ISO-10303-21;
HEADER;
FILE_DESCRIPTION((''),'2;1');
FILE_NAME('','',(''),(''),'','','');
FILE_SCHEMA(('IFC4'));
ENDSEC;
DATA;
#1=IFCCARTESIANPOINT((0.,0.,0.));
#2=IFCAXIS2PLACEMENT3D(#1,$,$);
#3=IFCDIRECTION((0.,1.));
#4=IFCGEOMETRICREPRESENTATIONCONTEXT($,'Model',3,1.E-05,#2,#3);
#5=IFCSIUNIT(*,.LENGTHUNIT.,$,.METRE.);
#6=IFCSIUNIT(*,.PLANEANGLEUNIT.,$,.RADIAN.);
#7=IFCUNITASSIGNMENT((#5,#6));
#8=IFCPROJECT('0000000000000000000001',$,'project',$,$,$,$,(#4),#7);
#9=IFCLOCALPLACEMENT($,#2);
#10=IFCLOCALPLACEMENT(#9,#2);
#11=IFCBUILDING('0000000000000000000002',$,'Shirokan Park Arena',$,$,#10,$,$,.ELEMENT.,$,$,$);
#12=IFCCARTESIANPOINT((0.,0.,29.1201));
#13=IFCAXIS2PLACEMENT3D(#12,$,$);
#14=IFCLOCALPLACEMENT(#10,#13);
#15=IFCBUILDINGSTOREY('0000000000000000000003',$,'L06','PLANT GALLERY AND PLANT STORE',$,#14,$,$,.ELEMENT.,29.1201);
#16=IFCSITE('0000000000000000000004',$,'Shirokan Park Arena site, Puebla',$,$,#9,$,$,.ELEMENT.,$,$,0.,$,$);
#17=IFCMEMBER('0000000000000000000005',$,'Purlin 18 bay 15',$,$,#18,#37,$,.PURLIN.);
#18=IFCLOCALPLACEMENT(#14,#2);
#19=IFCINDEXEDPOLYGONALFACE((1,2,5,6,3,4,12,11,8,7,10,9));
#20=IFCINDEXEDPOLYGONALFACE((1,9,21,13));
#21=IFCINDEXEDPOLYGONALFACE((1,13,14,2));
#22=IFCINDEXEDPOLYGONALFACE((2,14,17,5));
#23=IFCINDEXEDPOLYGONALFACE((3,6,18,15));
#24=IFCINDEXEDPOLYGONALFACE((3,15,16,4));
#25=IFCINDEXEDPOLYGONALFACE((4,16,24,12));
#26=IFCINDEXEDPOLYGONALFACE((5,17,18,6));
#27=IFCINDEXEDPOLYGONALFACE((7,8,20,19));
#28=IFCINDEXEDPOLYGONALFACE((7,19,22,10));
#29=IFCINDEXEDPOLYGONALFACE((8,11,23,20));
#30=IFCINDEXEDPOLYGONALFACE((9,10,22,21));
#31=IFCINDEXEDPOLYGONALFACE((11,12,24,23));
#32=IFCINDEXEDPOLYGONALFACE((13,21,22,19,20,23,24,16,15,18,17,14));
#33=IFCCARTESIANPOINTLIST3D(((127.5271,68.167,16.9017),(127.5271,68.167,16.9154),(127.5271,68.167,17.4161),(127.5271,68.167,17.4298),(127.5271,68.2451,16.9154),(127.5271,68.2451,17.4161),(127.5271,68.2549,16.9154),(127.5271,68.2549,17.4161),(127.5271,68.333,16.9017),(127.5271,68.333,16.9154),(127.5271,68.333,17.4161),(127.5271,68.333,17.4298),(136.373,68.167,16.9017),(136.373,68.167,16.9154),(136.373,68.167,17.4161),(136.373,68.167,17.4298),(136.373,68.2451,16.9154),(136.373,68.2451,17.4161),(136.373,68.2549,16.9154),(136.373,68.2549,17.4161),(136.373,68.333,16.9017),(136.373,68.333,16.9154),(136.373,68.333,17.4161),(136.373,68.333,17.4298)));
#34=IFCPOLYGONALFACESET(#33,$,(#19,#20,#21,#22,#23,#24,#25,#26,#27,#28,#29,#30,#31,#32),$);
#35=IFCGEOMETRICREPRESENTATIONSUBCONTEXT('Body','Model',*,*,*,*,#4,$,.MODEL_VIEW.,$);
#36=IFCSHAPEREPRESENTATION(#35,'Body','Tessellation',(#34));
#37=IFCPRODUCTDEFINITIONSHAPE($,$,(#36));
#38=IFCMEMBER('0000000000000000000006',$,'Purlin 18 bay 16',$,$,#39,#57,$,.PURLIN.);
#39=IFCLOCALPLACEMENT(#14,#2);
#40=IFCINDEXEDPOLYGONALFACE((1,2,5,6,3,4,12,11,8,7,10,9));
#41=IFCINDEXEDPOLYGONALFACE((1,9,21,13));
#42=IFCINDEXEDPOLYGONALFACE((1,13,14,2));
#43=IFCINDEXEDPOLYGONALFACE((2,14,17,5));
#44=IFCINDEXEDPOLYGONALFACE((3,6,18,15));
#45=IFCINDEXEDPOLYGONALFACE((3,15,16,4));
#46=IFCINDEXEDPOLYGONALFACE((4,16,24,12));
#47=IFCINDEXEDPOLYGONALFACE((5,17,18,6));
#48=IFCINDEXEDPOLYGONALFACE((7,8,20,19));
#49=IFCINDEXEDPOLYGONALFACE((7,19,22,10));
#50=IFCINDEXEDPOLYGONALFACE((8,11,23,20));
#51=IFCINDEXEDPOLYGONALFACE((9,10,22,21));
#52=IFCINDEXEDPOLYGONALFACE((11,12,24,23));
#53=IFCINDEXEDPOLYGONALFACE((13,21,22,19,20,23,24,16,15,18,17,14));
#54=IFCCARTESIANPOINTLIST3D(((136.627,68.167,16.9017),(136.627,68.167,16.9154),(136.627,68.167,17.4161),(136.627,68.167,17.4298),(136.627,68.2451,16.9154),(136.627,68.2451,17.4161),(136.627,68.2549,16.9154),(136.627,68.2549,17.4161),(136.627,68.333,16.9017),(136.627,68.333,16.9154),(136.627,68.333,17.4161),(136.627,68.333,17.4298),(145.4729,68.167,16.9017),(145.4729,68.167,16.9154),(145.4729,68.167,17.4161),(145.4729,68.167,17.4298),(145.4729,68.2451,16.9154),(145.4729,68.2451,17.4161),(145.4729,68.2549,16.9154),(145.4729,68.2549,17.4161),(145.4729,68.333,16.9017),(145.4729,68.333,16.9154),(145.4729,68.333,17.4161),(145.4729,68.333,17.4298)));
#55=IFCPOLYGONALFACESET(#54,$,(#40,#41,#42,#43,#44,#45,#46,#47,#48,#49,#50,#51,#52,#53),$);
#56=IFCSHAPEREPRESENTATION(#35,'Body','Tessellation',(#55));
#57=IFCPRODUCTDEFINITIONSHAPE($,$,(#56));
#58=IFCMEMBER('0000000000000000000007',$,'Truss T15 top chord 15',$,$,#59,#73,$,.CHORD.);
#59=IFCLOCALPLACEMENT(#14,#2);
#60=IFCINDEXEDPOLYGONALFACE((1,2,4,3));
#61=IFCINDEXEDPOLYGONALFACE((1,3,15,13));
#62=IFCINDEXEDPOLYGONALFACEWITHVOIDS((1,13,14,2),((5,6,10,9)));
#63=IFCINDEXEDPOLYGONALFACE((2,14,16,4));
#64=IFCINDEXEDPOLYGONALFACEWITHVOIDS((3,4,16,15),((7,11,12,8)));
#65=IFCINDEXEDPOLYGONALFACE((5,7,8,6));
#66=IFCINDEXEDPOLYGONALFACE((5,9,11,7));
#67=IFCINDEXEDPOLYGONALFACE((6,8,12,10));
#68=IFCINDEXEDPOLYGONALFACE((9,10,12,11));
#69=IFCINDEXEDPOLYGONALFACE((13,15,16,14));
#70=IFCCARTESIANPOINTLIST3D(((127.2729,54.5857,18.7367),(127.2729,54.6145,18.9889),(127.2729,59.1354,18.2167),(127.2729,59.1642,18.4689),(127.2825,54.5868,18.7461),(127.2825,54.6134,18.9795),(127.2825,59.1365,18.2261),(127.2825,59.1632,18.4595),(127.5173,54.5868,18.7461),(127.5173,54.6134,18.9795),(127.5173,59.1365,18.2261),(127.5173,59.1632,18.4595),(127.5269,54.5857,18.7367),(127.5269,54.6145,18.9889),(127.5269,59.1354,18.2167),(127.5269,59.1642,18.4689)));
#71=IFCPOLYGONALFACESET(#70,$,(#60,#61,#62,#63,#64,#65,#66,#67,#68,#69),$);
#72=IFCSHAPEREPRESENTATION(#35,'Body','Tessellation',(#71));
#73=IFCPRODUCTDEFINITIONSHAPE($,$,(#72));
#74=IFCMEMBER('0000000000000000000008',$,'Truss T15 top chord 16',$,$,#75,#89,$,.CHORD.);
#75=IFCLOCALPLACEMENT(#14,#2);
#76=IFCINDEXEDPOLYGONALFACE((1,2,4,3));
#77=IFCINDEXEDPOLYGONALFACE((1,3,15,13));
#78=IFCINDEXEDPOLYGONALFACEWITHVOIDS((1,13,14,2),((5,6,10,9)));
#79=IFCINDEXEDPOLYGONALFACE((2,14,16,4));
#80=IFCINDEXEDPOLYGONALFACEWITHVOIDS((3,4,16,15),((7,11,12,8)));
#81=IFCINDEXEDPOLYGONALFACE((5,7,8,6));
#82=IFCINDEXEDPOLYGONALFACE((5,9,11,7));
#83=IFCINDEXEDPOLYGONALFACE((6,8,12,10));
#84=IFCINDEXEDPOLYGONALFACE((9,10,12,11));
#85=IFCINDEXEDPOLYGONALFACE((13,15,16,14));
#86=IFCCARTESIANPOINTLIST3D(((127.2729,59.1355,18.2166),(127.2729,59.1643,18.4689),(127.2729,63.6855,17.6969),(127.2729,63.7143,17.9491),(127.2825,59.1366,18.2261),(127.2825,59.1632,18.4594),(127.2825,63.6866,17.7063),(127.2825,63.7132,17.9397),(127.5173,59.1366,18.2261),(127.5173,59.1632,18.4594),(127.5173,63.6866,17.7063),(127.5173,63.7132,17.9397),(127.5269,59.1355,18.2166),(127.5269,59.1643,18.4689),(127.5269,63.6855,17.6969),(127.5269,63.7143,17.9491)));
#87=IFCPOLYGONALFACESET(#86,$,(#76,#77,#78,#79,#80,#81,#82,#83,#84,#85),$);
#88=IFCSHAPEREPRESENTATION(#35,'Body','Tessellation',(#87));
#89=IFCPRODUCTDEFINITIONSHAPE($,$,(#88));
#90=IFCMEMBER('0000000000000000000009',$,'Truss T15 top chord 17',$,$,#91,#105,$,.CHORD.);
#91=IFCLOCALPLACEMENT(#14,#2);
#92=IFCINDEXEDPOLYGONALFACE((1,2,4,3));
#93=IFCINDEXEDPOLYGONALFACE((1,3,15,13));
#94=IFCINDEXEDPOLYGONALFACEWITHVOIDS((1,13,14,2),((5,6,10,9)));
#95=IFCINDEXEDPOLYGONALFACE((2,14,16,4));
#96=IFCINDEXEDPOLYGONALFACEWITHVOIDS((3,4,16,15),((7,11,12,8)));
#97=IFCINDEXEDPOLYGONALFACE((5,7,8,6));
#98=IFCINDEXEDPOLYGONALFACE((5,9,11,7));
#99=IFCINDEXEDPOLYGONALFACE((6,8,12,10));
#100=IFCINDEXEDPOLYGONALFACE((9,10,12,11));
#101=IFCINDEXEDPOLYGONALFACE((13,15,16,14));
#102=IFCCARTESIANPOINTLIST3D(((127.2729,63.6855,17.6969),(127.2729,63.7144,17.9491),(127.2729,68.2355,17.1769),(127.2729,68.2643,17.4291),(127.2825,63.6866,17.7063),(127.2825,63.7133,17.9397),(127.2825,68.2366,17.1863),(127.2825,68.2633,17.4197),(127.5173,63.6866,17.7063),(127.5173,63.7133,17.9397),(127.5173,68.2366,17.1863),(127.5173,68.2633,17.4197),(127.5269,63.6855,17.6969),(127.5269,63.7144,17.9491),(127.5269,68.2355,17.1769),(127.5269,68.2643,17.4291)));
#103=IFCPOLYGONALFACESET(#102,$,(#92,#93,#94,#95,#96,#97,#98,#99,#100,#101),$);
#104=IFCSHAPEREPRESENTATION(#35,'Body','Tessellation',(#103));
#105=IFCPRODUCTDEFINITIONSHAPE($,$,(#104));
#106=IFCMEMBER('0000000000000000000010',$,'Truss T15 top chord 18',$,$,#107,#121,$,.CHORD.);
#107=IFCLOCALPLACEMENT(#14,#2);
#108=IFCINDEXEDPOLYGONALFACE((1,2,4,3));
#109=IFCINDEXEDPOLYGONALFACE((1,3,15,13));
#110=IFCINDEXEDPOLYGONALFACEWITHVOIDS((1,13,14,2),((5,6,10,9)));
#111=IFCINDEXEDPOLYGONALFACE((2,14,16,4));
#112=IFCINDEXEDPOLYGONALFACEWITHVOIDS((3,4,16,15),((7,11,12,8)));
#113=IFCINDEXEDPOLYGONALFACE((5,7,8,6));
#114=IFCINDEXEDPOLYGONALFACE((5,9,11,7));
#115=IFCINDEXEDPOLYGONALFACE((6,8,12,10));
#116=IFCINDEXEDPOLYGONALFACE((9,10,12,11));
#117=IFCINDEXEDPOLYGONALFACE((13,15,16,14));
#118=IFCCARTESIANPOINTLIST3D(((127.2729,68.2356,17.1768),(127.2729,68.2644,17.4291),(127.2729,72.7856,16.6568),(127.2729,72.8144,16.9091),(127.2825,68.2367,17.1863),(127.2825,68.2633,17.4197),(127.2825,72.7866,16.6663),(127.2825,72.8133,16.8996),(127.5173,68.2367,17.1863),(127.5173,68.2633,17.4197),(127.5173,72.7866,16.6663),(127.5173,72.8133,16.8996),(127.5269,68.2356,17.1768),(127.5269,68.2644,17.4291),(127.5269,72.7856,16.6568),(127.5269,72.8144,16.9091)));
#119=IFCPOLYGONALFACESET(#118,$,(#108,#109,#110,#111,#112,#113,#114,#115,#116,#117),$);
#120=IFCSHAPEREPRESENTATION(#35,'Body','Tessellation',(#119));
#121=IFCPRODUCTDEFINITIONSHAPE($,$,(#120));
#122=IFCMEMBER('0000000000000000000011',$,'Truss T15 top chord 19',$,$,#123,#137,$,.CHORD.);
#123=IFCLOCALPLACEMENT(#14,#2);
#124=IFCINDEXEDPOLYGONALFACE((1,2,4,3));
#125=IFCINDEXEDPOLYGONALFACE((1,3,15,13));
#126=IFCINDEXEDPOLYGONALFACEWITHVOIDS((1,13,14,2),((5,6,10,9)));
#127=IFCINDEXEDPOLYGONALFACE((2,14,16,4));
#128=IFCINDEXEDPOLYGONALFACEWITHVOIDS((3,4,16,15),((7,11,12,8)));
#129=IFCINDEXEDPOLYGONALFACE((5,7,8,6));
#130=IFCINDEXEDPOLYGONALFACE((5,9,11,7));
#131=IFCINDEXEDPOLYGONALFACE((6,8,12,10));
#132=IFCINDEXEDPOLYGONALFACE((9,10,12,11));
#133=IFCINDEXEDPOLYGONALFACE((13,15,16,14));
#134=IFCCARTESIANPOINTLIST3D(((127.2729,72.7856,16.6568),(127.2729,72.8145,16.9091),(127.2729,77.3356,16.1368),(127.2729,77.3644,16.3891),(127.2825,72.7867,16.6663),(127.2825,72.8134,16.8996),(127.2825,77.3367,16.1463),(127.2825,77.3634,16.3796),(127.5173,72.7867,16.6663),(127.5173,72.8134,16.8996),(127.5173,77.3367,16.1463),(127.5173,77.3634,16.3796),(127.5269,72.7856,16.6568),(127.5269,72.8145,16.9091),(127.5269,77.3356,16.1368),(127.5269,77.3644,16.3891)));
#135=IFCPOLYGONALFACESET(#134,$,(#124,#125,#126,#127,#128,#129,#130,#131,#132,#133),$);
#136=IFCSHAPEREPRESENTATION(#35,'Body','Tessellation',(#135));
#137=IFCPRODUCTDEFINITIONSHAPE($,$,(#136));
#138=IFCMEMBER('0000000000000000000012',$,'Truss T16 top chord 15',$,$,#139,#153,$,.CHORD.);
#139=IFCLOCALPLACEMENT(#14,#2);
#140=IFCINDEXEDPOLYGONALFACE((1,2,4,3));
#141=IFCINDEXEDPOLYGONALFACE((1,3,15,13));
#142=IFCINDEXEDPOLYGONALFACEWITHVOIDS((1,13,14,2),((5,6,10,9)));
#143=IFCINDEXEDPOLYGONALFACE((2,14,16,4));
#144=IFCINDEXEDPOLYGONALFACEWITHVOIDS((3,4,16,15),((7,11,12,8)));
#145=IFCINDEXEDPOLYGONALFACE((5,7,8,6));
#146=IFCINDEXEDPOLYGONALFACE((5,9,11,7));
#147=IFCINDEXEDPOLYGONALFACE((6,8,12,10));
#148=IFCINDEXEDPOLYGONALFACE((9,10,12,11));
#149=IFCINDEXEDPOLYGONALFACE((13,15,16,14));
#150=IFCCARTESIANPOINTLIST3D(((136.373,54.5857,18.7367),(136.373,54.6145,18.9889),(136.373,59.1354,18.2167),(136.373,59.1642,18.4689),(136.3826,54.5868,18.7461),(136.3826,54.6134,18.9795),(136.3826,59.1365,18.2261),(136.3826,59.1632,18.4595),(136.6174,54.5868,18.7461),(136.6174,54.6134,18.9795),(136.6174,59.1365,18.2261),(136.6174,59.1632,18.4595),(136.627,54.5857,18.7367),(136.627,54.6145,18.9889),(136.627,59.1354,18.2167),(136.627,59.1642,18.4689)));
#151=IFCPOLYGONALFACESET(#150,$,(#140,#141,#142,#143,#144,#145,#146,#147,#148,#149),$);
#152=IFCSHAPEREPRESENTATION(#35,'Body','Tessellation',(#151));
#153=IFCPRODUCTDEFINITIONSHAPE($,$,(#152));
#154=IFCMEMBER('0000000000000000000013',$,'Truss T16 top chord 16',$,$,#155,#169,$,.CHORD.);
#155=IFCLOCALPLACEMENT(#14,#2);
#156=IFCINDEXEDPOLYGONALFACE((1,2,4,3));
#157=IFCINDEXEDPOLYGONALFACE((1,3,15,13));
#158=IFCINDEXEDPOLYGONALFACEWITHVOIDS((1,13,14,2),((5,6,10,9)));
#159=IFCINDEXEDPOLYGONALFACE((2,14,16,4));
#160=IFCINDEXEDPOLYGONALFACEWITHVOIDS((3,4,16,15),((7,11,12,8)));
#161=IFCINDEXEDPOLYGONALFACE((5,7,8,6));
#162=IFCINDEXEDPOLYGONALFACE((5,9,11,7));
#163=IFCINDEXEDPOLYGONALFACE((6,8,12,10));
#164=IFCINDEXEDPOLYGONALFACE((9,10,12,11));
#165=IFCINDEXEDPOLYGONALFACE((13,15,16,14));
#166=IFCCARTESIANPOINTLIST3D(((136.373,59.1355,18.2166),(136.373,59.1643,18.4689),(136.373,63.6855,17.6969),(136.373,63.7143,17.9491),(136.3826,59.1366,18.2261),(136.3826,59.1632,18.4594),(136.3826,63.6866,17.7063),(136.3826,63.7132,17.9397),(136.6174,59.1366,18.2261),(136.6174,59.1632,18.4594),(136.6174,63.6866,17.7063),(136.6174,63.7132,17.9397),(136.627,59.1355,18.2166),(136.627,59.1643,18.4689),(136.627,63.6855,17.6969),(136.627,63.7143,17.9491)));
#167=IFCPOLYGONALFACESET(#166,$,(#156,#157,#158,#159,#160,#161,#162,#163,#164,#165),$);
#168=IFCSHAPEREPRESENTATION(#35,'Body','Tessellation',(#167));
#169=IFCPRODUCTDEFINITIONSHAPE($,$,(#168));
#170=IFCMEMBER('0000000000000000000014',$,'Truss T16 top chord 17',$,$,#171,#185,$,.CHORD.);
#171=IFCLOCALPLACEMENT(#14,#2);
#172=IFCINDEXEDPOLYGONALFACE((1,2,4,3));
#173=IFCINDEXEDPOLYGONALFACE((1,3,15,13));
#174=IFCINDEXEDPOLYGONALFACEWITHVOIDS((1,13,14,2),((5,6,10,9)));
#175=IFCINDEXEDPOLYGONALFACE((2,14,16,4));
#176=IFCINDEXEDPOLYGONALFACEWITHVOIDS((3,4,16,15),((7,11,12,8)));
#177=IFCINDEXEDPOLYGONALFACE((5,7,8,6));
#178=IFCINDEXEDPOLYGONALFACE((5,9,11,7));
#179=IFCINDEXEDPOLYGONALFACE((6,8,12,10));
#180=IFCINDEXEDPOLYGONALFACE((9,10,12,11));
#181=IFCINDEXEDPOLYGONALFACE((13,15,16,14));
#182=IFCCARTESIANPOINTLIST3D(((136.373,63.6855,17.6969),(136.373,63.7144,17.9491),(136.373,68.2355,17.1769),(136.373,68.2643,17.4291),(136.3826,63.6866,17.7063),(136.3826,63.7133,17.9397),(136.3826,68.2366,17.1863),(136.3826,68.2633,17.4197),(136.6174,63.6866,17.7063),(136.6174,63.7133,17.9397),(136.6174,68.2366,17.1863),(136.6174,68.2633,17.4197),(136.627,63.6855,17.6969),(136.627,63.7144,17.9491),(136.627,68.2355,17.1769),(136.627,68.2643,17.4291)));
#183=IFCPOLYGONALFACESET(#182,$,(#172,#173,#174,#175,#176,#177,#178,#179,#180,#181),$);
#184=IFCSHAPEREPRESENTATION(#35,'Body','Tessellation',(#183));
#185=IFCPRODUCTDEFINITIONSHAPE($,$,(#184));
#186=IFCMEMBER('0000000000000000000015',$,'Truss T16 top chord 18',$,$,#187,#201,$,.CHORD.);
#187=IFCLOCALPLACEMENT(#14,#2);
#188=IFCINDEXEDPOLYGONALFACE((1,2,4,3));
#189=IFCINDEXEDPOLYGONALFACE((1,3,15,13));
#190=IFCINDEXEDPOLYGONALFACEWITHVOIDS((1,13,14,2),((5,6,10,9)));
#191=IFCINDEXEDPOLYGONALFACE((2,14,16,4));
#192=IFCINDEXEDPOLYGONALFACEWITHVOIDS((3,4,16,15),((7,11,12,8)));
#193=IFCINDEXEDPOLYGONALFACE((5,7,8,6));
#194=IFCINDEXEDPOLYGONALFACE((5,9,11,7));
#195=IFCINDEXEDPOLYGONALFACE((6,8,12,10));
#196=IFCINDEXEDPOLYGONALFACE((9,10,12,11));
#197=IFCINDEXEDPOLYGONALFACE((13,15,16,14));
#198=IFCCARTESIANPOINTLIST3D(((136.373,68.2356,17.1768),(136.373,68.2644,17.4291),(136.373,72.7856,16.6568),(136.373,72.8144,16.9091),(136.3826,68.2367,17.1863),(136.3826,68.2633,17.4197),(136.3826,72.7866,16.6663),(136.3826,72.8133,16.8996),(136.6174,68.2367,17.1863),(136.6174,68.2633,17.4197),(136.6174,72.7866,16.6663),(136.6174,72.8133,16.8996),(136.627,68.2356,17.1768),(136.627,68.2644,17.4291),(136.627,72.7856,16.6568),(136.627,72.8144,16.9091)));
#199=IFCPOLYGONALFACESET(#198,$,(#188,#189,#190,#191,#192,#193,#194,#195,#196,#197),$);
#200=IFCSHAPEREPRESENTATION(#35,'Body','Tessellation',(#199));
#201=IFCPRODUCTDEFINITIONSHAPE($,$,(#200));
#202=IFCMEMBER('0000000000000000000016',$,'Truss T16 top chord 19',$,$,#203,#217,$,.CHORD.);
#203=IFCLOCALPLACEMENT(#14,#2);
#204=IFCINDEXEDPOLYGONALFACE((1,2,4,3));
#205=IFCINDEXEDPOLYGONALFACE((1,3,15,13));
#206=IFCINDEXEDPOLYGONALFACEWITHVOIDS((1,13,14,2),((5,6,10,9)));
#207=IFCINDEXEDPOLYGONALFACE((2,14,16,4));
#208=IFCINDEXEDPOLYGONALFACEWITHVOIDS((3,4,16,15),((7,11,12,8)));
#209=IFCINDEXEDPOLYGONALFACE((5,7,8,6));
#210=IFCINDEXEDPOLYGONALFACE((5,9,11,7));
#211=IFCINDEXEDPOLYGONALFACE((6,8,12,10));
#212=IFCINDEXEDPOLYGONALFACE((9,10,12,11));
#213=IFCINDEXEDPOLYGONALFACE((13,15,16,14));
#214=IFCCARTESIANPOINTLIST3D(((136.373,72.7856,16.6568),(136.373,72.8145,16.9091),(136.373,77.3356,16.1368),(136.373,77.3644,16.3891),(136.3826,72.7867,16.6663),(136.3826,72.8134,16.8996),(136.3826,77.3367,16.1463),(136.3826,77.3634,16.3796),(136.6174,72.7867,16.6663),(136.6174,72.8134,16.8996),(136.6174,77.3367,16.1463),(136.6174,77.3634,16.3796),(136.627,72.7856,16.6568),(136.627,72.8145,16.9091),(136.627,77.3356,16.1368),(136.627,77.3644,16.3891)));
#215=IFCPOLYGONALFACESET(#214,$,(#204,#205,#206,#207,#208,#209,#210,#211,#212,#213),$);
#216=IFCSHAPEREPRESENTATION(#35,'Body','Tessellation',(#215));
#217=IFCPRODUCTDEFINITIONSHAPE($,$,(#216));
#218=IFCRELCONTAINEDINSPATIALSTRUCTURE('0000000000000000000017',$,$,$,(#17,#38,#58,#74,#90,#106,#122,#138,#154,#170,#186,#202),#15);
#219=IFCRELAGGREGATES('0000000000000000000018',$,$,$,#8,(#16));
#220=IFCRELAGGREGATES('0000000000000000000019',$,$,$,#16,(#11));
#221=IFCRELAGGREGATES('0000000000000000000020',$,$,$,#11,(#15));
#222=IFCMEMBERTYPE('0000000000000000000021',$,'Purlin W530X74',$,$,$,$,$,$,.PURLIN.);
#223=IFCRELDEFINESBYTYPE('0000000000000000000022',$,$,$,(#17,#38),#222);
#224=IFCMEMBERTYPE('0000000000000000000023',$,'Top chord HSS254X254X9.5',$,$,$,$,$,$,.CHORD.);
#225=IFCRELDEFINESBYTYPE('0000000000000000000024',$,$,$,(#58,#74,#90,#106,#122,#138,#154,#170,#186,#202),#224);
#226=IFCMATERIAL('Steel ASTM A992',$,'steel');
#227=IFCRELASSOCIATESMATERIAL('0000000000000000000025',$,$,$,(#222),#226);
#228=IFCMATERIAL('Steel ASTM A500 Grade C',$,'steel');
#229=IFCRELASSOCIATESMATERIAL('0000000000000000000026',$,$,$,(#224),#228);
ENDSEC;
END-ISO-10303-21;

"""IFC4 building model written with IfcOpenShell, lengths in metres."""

from ifc_helpers import new_model, si_unit, direction, frame, origin, origin_2d, place, context, subcontext, project, spatial, hollow_rectangle, i_section, extrude, material, material_profile, profile_set, type_object, element, save


model = new_model("IFC4")

# Units and contexts
model_context = context("Model", 3, precision=1e-05, world=origin(), true_north=direction((0.0, 1.0)))
body_context = subcontext(model_context, "Body", "Model", "MODEL_VIEW")
ifc_project = project(units=[si_unit("LENGTHUNIT", "METRE"), si_unit("PLANEANGLEUNIT", "RADIAN")], contexts=[model_context])

# Site, building, storey
site_placement = place(None, origin())
site = spatial("IfcSite", under=ifc_project, at=site_placement, Name="Shirokan Park Arena site, Puebla", CompositionType="ELEMENT", RefElevation=0.0)
building_placement = place(site_placement, origin())
building = spatial("IfcBuilding", under=site, at=building_placement, Name="Shirokan Park Arena", CompositionType="ELEMENT")
storey_placement = place(building_placement, frame((0.0, 0.0, 29.1201)))
storey = spatial("IfcBuildingStorey", under=building, at=storey_placement, Name="L06", Description="PLANT GALLERY AND PLANT STORE", CompositionType="ELEMENT", Elevation=29.1201)

# Members
ifc_material_1 = material(Name="Steel ASTM A992", Category="steel")
ifc_material_profile_1 = material_profile(ifc_material_1, i_section(OverallWidth=0.166, OverallDepth=0.5281, WebThickness=0.0098, FlangeThickness=0.0137, at=origin_2d()), Name="W530X74")
ifc_profile_set_1 = profile_set([ifc_material_profile_1], Name="Steel ASTM A992")
member_type_1 = type_object("IfcMemberType", Name="Purlin W530X74", PredefinedType="PURLIN", material=ifc_profile_set_1)
for number, where, z_axis, x_axis, name in (
    (1, (127.5271, 68.25, 17.1658), (1.0, 0.0, 0.0), (0.0, 1.0, 0.0), "Purlin 18 bay 15"),
    (2, (136.627, 68.25, 17.1658), (1.0, 0.0, 0.0), (0.0, 1.0, 0.0), "Purlin 18 bay 16"),
):
    element("IfcMember", number, at=place(storey_placement, frame(where, z_axis=z_axis, x_axis=x_axis)), inside=storey, type_object=member_type_1, Name=name, PredefinedType="PURLIN", context=body_context, shape_type="SweptSolid", body=[
        extrude(i_section(OverallWidth=0.166, OverallDepth=0.5281, WebThickness=0.0098, FlangeThickness=0.0137, at=origin_2d()), origin(), (0.0, 0.0, 1.0), 8.8459),
    ])
ifc_material_2 = material(Name="Steel ASTM A500 Grade C", Category="steel")
ifc_material_profile_2 = material_profile(ifc_material_2, hollow_rectangle(XDim=0.2539, YDim=0.2539, WallThickness=0.0095, at=origin_2d()), Name="HSS254X254X9.5")
ifc_profile_set_2 = profile_set([ifc_material_profile_2], Name="Steel ASTM A500 Grade C")
member_type_2 = type_object("IfcMemberType", Name="Top chord HSS254X254X9.5", PredefinedType="CHORD", material=ifc_profile_set_2)
member_1_placement = place(storey_placement, frame((127.3999, 54.6001, 18.8628), z_axis=(0.0, 0.993532, -0.113556), x_axis=(-1.0, 0.0, 0.0)))
element("IfcMember", 3, at=member_1_placement, inside=storey, type_object=member_type_2, Name="Truss T15 top chord 15", PredefinedType="CHORD", context=body_context, shape_type="SweptSolid", body=[
    extrude(hollow_rectangle(XDim=0.2539, YDim=0.2539, WallThickness=0.0095, at=origin_2d()), origin(), (0.0, 0.0, 1.0), 4.5793),
])
for number, where, z_axis, x_axis, name in (
    (4, (127.3999, 59.1499, 18.3428), (0.0, 0.993538, -0.113497), (-1.0, 0.0, 0.0), "Truss T15 top chord 16"),
    (5, (127.3999, 63.7, 17.823), (0.0, 0.993532, -0.11355), (-1.0, 0.0, 0.0), "Truss T15 top chord 17"),
    (6, (127.3999, 68.25, 17.303), (0.0, 0.993532, -0.11355), (-1.0, 0.0, 0.0), "Truss T15 top chord 18"),
    (7, (127.3999, 72.8, 16.783), (0.0, 0.993532, -0.11355), (-1.0, 0.0, 0.0), "Truss T15 top chord 19"),
):
    element("IfcMember", number, at=place(storey_placement, frame(where, z_axis=z_axis, x_axis=x_axis)), inside=storey, type_object=member_type_2, Name=name, PredefinedType="CHORD", context=body_context, shape_type="SweptSolid", body=[
        extrude(hollow_rectangle(XDim=0.2539, YDim=0.2539, WallThickness=0.0095, at=origin_2d()), origin(), (0.0, 0.0, 1.0), 4.5796),
    ])
member_2_placement = place(storey_placement, frame((136.5, 54.6001, 18.8628), z_axis=(0.0, 0.993532, -0.113556), x_axis=(-1.0, 0.0, 0.0)))
element("IfcMember", 8, at=member_2_placement, inside=storey, type_object=member_type_2, Name="Truss T16 top chord 15", PredefinedType="CHORD", context=body_context, shape_type="SweptSolid", body=[
    extrude(hollow_rectangle(XDim=0.2539, YDim=0.2539, WallThickness=0.0095, at=origin_2d()), origin(), (0.0, 0.0, 1.0), 4.5793),
])
for number, where, z_axis, x_axis, name in (
    (9, (136.5, 59.1499, 18.3428), (0.0, 0.993538, -0.113497), (-1.0, 0.0, 0.0), "Truss T16 top chord 16"),
    (10, (136.5, 63.7, 17.823), (0.0, 0.993532, -0.11355), (-1.0, 0.0, 0.0), "Truss T16 top chord 17"),
    (11, (136.5, 68.25, 17.303), (0.0, 0.993532, -0.11355), (-1.0, 0.0, 0.0), "Truss T16 top chord 18"),
    (12, (136.5, 72.8, 16.783), (0.0, 0.993532, -0.11355), (-1.0, 0.0, 0.0), "Truss T16 top chord 19"),
):
    element("IfcMember", number, at=place(storey_placement, frame(where, z_axis=z_axis, x_axis=x_axis)), inside=storey, type_object=member_type_2, Name=name, PredefinedType="CHORD", context=body_context, shape_type="SweptSolid", body=[
        extrude(hollow_rectangle(XDim=0.2539, YDim=0.2539, WallThickness=0.0095, at=origin_2d()), origin(), (0.0, 0.0, 1.0), 4.5796),
    ])

save(model, "model.ifc")
